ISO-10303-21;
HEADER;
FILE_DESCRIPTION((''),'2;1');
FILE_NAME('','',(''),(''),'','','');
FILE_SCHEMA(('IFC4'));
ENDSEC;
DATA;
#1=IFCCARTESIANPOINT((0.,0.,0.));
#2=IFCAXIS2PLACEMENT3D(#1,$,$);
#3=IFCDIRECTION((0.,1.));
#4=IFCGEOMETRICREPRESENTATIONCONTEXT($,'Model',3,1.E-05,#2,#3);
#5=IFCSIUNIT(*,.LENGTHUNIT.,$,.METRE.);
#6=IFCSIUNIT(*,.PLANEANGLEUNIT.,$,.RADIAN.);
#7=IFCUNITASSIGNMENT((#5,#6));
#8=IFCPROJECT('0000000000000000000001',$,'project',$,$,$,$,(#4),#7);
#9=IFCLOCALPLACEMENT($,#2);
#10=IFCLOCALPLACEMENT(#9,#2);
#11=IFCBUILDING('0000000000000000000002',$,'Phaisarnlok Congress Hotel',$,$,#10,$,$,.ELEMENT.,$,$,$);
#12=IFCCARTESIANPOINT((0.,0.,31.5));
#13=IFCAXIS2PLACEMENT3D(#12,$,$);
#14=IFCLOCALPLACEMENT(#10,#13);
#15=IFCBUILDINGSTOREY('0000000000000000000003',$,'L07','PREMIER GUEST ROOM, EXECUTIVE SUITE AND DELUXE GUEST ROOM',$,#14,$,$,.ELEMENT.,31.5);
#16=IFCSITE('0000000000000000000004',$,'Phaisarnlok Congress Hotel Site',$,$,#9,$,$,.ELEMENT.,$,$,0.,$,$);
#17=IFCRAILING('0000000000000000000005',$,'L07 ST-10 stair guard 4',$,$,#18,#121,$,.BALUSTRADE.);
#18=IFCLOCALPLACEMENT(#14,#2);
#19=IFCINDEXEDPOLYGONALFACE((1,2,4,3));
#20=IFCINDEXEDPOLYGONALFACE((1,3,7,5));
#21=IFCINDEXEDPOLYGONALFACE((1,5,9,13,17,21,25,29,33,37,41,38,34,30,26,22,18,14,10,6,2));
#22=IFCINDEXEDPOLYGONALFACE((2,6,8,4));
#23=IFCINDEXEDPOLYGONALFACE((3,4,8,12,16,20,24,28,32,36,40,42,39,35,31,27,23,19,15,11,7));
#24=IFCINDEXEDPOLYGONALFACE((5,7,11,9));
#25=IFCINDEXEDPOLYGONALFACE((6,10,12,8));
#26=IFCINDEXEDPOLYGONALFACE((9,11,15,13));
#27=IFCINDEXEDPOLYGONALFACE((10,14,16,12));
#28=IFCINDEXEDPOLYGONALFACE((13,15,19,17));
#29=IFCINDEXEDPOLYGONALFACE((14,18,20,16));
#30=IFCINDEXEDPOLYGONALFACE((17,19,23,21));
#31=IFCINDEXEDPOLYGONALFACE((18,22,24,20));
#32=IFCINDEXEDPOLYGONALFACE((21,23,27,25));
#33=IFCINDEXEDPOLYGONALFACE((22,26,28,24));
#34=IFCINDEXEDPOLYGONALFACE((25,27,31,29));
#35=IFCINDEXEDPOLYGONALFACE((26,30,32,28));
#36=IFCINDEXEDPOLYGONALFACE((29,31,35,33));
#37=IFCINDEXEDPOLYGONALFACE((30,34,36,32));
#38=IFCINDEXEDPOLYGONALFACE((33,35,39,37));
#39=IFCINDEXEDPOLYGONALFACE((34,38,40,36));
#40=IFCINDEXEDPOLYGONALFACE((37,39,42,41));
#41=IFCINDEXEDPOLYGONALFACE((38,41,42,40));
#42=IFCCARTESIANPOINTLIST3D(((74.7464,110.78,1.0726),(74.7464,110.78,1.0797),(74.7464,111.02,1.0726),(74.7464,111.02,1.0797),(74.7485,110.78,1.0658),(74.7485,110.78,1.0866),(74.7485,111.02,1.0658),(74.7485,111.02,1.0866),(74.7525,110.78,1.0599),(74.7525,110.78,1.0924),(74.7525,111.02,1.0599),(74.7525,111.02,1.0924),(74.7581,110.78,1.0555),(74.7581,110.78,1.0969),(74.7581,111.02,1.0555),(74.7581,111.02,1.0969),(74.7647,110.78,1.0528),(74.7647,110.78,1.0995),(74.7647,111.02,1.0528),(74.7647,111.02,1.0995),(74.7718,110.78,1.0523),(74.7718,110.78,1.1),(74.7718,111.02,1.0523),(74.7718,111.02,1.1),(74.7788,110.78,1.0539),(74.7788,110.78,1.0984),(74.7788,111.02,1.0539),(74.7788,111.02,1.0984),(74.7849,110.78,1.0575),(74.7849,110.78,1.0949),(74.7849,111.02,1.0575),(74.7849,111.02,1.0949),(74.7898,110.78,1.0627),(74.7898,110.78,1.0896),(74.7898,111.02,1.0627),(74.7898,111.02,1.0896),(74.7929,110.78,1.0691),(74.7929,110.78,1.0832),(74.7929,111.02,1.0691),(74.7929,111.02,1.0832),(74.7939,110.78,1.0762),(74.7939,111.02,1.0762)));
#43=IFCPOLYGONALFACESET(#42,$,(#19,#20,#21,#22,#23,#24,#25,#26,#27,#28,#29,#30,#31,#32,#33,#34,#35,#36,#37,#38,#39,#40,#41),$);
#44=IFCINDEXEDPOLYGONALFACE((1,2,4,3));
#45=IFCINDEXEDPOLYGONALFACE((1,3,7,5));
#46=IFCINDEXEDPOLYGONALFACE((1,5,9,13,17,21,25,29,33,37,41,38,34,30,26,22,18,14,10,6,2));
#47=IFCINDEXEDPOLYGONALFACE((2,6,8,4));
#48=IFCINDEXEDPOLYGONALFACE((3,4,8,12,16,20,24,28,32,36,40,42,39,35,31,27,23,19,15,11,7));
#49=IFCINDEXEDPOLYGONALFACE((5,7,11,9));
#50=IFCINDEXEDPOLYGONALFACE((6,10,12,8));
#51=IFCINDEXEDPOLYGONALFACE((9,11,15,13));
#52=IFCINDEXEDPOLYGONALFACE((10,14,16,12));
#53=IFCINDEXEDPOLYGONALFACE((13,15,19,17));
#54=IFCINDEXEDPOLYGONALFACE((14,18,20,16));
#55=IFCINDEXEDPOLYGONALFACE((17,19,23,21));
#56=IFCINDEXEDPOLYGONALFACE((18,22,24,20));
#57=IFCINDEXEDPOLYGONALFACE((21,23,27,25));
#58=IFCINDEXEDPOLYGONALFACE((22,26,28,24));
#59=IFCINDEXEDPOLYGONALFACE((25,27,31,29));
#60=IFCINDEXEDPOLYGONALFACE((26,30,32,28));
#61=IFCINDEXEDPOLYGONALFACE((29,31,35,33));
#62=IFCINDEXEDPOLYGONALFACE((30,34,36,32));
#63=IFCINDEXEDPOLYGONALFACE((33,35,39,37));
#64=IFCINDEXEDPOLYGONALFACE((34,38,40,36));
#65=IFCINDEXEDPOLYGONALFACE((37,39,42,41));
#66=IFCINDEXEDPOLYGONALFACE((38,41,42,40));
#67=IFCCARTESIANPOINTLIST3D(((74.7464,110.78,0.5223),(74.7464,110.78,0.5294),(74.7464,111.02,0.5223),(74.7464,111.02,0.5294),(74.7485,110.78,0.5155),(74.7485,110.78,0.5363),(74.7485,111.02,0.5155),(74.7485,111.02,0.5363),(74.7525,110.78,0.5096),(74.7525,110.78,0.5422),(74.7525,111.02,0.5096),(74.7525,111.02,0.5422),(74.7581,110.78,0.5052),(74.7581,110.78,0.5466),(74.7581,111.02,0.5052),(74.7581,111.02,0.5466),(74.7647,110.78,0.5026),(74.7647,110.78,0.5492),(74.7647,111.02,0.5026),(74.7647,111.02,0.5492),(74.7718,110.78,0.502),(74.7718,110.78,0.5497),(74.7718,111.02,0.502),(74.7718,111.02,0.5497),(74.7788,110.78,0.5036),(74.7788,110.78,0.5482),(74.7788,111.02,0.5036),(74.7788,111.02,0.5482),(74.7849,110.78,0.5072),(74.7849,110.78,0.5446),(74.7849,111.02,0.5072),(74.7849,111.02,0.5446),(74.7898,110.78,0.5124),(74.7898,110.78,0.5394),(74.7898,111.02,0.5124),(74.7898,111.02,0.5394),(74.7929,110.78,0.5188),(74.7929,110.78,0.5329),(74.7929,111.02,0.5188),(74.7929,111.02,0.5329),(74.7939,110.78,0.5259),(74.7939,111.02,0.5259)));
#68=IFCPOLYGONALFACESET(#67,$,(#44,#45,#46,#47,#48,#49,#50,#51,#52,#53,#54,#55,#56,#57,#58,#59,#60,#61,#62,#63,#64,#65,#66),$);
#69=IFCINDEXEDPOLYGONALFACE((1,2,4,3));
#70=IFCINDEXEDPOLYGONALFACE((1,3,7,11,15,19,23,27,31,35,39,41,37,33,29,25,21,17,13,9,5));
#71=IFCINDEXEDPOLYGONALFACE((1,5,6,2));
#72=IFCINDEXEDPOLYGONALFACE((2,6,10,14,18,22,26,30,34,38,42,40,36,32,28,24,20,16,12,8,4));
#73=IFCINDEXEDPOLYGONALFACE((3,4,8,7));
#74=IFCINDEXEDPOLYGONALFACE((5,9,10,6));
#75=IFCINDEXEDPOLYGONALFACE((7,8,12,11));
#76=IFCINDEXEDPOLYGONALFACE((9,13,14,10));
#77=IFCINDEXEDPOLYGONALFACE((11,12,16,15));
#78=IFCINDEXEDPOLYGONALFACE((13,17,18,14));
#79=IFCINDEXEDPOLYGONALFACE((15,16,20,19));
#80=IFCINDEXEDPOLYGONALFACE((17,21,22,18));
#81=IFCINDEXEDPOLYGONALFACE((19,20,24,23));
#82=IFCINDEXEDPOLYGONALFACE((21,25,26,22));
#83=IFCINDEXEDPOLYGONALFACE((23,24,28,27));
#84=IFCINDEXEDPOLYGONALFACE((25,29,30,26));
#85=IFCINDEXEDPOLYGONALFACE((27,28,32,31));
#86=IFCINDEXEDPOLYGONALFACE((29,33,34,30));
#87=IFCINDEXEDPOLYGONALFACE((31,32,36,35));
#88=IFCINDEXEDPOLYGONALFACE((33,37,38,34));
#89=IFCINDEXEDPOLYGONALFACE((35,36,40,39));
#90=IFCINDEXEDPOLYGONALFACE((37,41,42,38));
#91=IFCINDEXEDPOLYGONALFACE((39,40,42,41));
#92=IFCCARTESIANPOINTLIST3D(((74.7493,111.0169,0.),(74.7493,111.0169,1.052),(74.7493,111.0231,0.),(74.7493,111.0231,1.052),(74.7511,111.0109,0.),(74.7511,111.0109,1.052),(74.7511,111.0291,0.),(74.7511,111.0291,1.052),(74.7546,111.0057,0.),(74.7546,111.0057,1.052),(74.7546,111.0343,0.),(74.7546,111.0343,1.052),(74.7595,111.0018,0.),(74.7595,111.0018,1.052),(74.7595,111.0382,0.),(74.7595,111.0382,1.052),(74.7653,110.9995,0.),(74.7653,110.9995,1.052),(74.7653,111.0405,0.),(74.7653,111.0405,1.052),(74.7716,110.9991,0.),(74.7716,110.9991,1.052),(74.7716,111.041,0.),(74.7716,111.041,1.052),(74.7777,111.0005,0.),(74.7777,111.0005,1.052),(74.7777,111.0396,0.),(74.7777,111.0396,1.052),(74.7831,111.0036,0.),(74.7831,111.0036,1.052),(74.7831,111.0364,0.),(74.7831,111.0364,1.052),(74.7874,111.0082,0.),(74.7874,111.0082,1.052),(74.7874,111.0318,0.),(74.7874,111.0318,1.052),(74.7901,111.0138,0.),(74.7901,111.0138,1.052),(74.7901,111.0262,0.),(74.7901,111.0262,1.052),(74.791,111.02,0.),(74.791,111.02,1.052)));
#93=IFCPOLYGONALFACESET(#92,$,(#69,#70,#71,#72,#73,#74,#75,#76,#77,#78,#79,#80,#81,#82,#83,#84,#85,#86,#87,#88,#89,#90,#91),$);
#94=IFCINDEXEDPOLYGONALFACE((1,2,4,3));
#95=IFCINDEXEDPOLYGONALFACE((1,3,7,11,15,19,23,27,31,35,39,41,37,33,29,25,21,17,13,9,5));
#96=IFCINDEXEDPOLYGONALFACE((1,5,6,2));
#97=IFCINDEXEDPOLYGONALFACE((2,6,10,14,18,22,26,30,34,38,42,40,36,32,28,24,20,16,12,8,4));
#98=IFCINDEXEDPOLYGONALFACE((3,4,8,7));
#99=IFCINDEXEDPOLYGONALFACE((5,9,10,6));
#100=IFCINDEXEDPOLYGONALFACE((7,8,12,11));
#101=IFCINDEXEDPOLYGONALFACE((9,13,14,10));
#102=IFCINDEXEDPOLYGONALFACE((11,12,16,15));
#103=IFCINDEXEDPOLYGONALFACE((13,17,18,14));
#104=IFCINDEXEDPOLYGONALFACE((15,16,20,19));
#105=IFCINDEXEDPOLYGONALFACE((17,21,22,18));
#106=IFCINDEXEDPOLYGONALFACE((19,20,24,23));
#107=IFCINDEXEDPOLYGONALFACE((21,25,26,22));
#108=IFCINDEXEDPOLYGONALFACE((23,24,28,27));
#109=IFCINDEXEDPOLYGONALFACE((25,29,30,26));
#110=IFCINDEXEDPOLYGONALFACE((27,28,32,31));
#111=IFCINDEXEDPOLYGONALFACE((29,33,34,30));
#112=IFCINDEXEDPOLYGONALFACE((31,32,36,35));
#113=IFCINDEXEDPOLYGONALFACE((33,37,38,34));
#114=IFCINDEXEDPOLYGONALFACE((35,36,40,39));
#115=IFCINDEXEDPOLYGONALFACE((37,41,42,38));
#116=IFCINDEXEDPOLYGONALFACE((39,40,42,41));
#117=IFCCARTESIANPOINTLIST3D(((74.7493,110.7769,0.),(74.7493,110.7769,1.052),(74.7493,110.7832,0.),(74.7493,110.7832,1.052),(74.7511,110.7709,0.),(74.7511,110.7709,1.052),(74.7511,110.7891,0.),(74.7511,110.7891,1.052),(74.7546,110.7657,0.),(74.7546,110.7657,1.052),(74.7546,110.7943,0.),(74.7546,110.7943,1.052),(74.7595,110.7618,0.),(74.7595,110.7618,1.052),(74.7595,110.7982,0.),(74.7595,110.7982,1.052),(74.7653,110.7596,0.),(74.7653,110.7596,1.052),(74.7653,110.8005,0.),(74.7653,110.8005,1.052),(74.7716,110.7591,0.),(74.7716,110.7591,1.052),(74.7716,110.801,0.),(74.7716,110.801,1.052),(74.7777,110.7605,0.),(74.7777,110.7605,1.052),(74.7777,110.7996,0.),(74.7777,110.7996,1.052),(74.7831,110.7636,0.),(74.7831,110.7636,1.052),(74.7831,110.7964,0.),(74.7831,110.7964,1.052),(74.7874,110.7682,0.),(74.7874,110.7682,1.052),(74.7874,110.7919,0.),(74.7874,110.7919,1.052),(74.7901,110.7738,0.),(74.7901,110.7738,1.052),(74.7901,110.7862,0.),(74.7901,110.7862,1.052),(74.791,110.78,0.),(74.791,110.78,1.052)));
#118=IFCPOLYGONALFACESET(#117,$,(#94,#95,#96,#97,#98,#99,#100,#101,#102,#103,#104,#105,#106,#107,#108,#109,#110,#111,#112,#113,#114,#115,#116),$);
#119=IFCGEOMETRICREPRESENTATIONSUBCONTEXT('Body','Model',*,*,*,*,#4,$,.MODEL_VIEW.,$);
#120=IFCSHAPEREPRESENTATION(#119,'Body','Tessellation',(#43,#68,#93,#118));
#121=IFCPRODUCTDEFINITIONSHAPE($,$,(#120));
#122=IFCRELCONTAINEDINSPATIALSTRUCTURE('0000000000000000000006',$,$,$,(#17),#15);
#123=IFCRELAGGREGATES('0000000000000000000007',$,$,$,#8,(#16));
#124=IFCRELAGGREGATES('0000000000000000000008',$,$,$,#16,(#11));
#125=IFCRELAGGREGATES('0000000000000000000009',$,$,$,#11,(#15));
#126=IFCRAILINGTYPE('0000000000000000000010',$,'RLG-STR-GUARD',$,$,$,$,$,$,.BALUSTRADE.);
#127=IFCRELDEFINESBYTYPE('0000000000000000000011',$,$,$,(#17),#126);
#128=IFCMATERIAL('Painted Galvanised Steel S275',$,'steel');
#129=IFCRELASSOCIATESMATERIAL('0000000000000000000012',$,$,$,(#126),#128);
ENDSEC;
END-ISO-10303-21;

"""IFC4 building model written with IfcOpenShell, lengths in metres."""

from ifc_helpers import new_model, si_unit, direction, frame, origin, origin_2d, place, context, subcontext, project, spatial, circle, extrude, material, type_object, element, save


model = new_model("IFC4")

# Units and contexts
model_context = context("Model", 3, precision=1e-05, world=origin(), true_north=direction((0.0, 1.0)))
body_context = subcontext(model_context, "Body", "Model", "MODEL_VIEW")
ifc_project = project(units=[si_unit("LENGTHUNIT", "METRE"), si_unit("PLANEANGLEUNIT", "RADIAN")], contexts=[model_context])

# Site, building, storey
site_placement = place(None, origin())
site = spatial("IfcSite", under=ifc_project, at=site_placement, Name="Phaisarnlok Congress Hotel Site", CompositionType="ELEMENT", RefElevation=0.0)
building_placement = place(site_placement, origin())
building = spatial("IfcBuilding", under=site, at=building_placement, Name="Phaisarnlok Congress Hotel", CompositionType="ELEMENT")
storey_placement = place(building_placement, frame((0.0, 0.0, 31.5)))
storey = spatial("IfcBuildingStorey", under=building, at=storey_placement, Name="L07", Description="PREMIER GUEST ROOM, EXECUTIVE SUITE AND DELUXE GUEST ROOM", CompositionType="ELEMENT", Elevation=31.5)

# Railing
ifc_material_1 = material(Name="Painted Galvanised Steel S275", Category="steel")
railing_type_1 = type_object("IfcRailingType", Name="RLG-STR-GUARD", PredefinedType="BALUSTRADE", material=ifc_material_1)
railing_1_placement = place(storey_placement, frame((74.77, 111.02, 0.0)))
element("IfcRailing", 1, at=railing_1_placement, inside=storey, type_object=railing_type_1, Name="L07 ST-10 stair guard 4", PredefinedType="BALUSTRADE", context=body_context, shape_type="SweptSolid", body=[
    extrude(circle(Radius=0.0239, at=origin_2d()), frame((0.0, 0.0, 1.0762), z_axis=(0.0, -1.0, 0.0), x_axis=(1.0, 0.0, 0.0)), (0.0, 0.0, 1.0), 0.24),
    extrude(circle(Radius=0.0239, at=origin_2d()), frame((0.0, 0.0, 0.5259), z_axis=(0.0, -1.0, 0.0), x_axis=(1.0, 0.0, 0.0)), (0.0, 0.0, 1.0), 0.24),
    extrude(circle(Radius=0.021, at=origin_2d()), origin(), (0.0, 0.0, 1.0), 1.052),
    extrude(circle(Radius=0.021, at=origin_2d()), frame((0.0, -0.24, 0.0)), (0.0, 0.0, 1.0), 1.052),
])

save(model, "model.ifc")
